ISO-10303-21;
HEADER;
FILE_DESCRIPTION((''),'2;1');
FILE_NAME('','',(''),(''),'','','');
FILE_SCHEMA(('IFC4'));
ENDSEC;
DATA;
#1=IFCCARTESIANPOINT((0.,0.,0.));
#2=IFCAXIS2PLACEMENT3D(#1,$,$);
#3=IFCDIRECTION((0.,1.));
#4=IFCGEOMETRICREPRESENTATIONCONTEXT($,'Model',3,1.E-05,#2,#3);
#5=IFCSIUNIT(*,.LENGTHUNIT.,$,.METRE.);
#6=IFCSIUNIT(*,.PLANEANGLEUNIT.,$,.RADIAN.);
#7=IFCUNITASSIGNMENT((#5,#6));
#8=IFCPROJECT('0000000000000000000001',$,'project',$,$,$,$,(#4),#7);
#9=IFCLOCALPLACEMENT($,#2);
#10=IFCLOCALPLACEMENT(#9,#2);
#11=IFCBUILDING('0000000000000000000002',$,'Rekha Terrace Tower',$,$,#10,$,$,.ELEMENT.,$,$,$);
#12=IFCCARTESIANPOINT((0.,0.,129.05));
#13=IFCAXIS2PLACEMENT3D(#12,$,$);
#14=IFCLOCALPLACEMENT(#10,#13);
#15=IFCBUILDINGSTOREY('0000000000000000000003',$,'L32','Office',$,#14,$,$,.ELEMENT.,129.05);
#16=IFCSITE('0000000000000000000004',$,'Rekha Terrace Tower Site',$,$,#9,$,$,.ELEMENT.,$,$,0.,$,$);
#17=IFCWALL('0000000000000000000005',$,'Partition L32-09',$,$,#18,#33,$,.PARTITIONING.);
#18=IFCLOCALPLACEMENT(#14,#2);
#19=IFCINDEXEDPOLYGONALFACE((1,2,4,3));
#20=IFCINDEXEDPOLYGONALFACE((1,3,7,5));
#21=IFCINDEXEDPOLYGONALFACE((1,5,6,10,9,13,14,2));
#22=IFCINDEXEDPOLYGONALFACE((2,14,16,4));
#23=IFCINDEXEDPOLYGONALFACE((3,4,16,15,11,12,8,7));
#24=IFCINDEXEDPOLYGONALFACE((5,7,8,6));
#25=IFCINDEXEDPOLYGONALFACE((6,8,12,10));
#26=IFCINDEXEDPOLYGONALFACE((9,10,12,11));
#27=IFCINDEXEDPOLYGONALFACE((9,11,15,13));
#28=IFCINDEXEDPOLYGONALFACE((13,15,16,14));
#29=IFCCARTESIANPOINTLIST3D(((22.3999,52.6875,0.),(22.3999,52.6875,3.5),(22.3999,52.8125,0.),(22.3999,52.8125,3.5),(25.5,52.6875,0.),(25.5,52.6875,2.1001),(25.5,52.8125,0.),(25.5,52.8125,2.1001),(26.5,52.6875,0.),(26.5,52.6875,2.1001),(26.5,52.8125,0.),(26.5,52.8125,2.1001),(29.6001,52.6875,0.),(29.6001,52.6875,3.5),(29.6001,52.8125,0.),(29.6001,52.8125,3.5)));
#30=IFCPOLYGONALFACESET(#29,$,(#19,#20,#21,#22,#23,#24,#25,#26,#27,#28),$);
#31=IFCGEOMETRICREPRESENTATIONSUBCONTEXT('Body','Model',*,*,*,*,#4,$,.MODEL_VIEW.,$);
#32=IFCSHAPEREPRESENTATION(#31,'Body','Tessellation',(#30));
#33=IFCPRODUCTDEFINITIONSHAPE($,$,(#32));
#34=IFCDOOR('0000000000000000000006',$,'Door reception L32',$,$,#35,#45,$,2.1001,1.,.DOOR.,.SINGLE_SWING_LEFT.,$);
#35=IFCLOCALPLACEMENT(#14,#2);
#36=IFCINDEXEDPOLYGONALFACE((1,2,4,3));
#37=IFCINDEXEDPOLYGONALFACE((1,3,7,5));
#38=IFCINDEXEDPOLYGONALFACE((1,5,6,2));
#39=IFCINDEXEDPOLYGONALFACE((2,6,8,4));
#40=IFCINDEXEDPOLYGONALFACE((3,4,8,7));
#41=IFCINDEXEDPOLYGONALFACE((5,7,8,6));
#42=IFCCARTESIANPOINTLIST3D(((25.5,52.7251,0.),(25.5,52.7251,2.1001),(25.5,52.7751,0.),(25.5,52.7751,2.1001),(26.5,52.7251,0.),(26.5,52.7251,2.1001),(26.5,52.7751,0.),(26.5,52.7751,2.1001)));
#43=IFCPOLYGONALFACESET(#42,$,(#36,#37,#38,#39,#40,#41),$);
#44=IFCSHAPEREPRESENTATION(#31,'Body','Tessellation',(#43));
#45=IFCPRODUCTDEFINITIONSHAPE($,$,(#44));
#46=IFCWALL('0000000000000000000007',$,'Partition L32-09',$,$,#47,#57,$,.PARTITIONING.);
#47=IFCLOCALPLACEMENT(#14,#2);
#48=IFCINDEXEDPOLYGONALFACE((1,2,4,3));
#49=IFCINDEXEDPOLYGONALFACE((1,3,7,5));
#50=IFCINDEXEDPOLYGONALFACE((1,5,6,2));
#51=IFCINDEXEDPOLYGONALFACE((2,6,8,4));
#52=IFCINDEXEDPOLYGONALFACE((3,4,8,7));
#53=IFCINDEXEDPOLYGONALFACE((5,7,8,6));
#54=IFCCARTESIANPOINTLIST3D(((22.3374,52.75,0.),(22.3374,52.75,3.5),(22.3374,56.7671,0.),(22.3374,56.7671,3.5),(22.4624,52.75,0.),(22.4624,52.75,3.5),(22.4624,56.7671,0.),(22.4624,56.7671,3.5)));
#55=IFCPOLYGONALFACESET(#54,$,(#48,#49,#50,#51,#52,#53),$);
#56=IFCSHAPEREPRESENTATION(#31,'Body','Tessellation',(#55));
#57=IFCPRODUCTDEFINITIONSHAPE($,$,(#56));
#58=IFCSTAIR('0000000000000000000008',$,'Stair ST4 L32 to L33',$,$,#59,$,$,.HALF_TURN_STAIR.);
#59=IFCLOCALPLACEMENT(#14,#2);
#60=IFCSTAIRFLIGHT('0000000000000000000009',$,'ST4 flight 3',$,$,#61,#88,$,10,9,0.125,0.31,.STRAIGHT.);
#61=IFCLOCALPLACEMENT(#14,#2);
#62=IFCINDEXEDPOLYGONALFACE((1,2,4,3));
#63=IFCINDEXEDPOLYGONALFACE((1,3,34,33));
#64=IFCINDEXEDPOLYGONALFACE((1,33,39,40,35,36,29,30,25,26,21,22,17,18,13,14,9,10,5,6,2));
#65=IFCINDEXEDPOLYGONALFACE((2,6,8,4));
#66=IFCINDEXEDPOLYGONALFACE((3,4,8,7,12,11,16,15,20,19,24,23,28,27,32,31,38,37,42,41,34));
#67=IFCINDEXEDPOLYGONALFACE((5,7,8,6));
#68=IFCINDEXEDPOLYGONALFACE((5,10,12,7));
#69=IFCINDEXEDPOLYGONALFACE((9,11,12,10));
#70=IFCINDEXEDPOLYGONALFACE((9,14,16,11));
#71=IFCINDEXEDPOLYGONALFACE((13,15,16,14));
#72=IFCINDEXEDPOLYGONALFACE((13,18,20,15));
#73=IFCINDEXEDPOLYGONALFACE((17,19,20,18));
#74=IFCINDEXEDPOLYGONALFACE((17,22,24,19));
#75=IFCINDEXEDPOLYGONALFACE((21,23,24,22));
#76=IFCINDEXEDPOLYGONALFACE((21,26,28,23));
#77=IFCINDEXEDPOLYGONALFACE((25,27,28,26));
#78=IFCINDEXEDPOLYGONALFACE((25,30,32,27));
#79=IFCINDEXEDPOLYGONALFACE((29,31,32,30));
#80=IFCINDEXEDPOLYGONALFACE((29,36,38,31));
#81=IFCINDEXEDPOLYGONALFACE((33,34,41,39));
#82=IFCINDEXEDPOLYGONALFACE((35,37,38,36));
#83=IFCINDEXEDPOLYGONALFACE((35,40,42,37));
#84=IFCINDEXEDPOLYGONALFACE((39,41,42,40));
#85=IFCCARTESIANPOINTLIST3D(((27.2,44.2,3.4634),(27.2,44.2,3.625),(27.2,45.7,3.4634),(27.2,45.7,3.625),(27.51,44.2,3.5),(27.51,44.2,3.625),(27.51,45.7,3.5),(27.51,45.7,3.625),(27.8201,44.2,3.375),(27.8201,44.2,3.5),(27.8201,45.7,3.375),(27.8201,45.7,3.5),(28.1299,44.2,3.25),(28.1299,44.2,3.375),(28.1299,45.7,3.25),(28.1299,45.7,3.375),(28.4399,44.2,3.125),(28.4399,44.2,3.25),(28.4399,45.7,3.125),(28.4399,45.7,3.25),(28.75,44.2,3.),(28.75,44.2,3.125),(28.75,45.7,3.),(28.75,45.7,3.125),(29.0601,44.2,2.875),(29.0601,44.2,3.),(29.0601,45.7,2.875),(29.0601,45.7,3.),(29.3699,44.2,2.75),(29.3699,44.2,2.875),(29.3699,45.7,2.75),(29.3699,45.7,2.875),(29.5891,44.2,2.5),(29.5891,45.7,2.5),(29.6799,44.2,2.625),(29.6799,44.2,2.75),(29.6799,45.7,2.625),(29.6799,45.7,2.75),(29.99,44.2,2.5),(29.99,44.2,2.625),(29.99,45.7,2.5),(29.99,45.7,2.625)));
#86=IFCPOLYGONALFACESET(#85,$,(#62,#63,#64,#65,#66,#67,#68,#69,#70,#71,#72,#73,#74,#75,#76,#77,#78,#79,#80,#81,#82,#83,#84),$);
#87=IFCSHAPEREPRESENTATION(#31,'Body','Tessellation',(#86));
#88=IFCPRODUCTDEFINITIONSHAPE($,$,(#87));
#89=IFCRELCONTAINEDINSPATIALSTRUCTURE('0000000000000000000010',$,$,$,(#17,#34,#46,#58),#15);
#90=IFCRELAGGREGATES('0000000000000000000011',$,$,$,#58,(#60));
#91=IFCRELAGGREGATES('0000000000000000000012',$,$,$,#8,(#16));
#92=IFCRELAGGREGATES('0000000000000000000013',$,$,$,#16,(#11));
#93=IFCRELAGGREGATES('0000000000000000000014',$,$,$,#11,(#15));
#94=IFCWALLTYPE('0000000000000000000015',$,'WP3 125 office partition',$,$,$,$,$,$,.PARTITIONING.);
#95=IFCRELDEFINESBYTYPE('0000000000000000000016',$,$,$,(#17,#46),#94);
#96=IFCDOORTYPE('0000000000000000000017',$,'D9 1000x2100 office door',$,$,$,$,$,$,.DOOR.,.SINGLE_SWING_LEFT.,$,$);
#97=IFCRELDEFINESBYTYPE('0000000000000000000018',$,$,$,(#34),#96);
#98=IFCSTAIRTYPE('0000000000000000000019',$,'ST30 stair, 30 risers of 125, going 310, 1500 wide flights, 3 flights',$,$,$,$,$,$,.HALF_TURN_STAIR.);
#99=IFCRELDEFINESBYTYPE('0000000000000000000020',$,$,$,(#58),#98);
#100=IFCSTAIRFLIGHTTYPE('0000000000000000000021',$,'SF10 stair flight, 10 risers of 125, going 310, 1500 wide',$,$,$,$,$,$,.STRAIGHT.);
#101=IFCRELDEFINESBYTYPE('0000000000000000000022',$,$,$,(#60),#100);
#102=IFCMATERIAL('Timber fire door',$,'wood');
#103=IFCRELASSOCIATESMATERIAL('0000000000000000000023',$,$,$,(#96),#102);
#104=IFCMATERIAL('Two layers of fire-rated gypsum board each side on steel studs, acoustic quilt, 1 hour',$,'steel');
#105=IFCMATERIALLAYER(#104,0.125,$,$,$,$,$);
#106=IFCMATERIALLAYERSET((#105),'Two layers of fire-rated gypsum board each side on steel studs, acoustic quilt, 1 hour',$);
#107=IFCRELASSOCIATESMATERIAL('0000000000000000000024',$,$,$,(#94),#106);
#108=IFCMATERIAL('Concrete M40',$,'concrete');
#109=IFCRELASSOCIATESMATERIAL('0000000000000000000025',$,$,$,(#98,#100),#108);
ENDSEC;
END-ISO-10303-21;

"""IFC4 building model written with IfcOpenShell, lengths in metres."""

from ifc_helpers import new_model, si_unit, direction, frame, frame_2d, origin, place, context, subcontext, project, spatial, polyline, rectangle, outline, extrude, material, layer, layer_set, type_object, element, fill, aggregate, save


model = new_model("IFC4")

# Units and contexts
model_context = context("Model", 3, precision=1e-05, world=origin(), true_north=direction((0.0, 1.0)))
body_context = subcontext(model_context, "Body", "Model", "MODEL_VIEW")
ifc_project = project(units=[si_unit("LENGTHUNIT", "METRE"), si_unit("PLANEANGLEUNIT", "RADIAN")], contexts=[model_context])

# Site, building, storey
site_placement = place(None, origin())
site = spatial("IfcSite", under=ifc_project, at=site_placement, Name="Rekha Terrace Tower Site", CompositionType="ELEMENT", RefElevation=0.0)
building_placement = place(site_placement, origin())
building = spatial("IfcBuilding", under=site, at=building_placement, Name="Rekha Terrace Tower", CompositionType="ELEMENT")
storey_placement = place(building_placement, frame((0.0, 0.0, 129.05)))
storey = spatial("IfcBuildingStorey", under=building, at=storey_placement, Name="L32", Description="Office", CompositionType="ELEMENT", Elevation=129.05)

# Shared definitions
ifc_material_1 = material(Name="Timber fire door", Category="wood")
door_type_1 = type_object("IfcDoorType", Name="D9 1000x2100 office door", OperationType="SINGLE_SWING_LEFT", PredefinedType="DOOR", material=ifc_material_1)

# Shared definitions
ifc_material_2 = material(Name="Two layers of fire-rated gypsum board each side on steel studs, acoustic quilt, 1 hour", Category="steel")
ifc_layer_1 = layer(ifc_material_2, 0.125)
ifc_layer_set_1 = layer_set([ifc_layer_1], Name="Two layers of fire-rated gypsum board each side on steel studs, acoustic quilt, 1 hour")
wall_type_1 = type_object("IfcWallType", Name="WP3 125 office partition", PredefinedType="PARTITIONING", material=ifc_layer_set_1)

# Wall, opening, door
wall_1_placement = place(storey_placement, frame((29.6001, 52.75, 0.0), z_axis=(0.0, 0.0, 1.0), x_axis=(-1.0, 0.0, 0.0)))
wall_1 = element("IfcWall", 1, at=wall_1_placement, inside=storey, type_object=wall_type_1, Name="Partition L32-09", PredefinedType="PARTITIONING", context=body_context, shape_type="SweptSolid", body=[
    extrude(rectangle(XDim=7.2002, YDim=0.125, at=frame_2d((3.6001, 0.0))), origin(), (0.0, 0.0, 1.0), 3.5),
])
opening_1_placement = place(wall_1_placement, frame((3.1001, 0.0, 0.0)))
opening_1 = element("IfcOpeningElement", 2, at=opening_1_placement, cuts=wall_1, PredefinedType="OPENING", context=body_context, shape_type="SweptSolid", body=[
    extrude(rectangle(XDim=1.0, YDim=2.1001, at=frame_2d((0.5, 1.05))), frame((0.0, 0.0725, 0.0), z_axis=(0.0, -1.0, 0.0), x_axis=(1.0, 0.0, 0.0)), (0.0, 0.0, 1.0), 0.145),
])
door_1_placement = place(opening_1_placement, origin())
door_1 = element("IfcDoor", 3, at=door_1_placement, inside=storey, type_object=door_type_1, Name="Door reception L32", OperationType="SINGLE_SWING_LEFT", OverallHeight=2.1001, OverallWidth=1.0, PredefinedType="DOOR", context=body_context, shape_type="SweptSolid", body=[
    extrude(rectangle(XDim=1.0, YDim=2.1001, at=frame_2d((0.5, 1.05))), frame((0.0, 0.0249, 0.0), z_axis=(0.0, -1.0, 0.0), x_axis=(1.0, 0.0, 0.0)), (0.0, 0.0, 1.0), 0.05),
])
fill(opening_1, door_1)

# Wall
wall_2_placement = place(storey_placement, frame((22.3999, 52.75, 0.0), z_axis=(0.0, 0.0, 1.0), x_axis=(0.0, 1.0, 0.0)))
element("IfcWall", 4, at=wall_2_placement, inside=storey, type_object=wall_type_1, Name="Partition L32-09", PredefinedType="PARTITIONING", context=body_context, shape_type="SweptSolid", body=[
    extrude(rectangle(XDim=4.0171, YDim=0.125, at=frame_2d((2.0085, 0.0))), origin(), (0.0, 0.0, 1.0), 3.5),
])

# Stair, stair flight
ifc_material_3 = material(Name="Concrete M40", Category="concrete")
stair_type = type_object("IfcStairType", Name="ST30 stair, 30 risers of 125, going 310, 1500 wide flights, 3 flights", PredefinedType="HALF_TURN_STAIR", material=ifc_material_3)
stair_placement = place(storey_placement, origin())
stair = element("IfcStair", 5, at=stair_placement, inside=storey, type_object=stair_type, Name="Stair ST4 L32 to L33", PredefinedType="HALF_TURN_STAIR")
stair_flight_type = type_object("IfcStairFlightType", Name="SF10 stair flight, 10 risers of 125, going 310, 1500 wide", PredefinedType="STRAIGHT", material=ifc_material_3)
stair_flight_placement = place(storey_placement, frame((29.99, 44.95, 2.5), z_axis=(0.0, 0.0, 1.0), x_axis=(-1.0, 0.0, 0.0)))
stair_flight = element("IfcStairFlight", 6, at=stair_flight_placement, type_object=stair_flight_type, Name="ST4 flight 3", NumberOfRisers=10, NumberOfTreads=9, PredefinedType="STRAIGHT", RiserHeight=0.125, TreadLength=0.31, context=body_context, shape_type="SweptSolid", body=[
    extrude(outline(polyline([(0.0, 0.0), (0.0, 0.125), (0.3101, 0.125), (0.3101, 0.25), (0.6201, 0.25), (0.6201, 0.375), (0.9299, 0.375), (0.9299, 0.5), (1.24, 0.5), (1.24, 0.625), (1.55, 0.625), (1.55, 0.75), (1.8601, 0.75), (1.8601, 0.875), (2.1699, 0.875), (2.1699, 1.0), (2.48, 1.0), (2.48, 1.125), (2.79, 1.125), (2.79, 1.25), (2.79, 0.9634), (0.4009, 0.0), (0.0, 0.0)])), frame((0.0, 0.75, 0.0), z_axis=(0.0, -1.0, 0.0), x_axis=(1.0, 0.0, 0.0)), (0.0, 0.0, 1.0), 1.5),
])
aggregate(stair, [stair_flight])

save(model, "model.ifc")
